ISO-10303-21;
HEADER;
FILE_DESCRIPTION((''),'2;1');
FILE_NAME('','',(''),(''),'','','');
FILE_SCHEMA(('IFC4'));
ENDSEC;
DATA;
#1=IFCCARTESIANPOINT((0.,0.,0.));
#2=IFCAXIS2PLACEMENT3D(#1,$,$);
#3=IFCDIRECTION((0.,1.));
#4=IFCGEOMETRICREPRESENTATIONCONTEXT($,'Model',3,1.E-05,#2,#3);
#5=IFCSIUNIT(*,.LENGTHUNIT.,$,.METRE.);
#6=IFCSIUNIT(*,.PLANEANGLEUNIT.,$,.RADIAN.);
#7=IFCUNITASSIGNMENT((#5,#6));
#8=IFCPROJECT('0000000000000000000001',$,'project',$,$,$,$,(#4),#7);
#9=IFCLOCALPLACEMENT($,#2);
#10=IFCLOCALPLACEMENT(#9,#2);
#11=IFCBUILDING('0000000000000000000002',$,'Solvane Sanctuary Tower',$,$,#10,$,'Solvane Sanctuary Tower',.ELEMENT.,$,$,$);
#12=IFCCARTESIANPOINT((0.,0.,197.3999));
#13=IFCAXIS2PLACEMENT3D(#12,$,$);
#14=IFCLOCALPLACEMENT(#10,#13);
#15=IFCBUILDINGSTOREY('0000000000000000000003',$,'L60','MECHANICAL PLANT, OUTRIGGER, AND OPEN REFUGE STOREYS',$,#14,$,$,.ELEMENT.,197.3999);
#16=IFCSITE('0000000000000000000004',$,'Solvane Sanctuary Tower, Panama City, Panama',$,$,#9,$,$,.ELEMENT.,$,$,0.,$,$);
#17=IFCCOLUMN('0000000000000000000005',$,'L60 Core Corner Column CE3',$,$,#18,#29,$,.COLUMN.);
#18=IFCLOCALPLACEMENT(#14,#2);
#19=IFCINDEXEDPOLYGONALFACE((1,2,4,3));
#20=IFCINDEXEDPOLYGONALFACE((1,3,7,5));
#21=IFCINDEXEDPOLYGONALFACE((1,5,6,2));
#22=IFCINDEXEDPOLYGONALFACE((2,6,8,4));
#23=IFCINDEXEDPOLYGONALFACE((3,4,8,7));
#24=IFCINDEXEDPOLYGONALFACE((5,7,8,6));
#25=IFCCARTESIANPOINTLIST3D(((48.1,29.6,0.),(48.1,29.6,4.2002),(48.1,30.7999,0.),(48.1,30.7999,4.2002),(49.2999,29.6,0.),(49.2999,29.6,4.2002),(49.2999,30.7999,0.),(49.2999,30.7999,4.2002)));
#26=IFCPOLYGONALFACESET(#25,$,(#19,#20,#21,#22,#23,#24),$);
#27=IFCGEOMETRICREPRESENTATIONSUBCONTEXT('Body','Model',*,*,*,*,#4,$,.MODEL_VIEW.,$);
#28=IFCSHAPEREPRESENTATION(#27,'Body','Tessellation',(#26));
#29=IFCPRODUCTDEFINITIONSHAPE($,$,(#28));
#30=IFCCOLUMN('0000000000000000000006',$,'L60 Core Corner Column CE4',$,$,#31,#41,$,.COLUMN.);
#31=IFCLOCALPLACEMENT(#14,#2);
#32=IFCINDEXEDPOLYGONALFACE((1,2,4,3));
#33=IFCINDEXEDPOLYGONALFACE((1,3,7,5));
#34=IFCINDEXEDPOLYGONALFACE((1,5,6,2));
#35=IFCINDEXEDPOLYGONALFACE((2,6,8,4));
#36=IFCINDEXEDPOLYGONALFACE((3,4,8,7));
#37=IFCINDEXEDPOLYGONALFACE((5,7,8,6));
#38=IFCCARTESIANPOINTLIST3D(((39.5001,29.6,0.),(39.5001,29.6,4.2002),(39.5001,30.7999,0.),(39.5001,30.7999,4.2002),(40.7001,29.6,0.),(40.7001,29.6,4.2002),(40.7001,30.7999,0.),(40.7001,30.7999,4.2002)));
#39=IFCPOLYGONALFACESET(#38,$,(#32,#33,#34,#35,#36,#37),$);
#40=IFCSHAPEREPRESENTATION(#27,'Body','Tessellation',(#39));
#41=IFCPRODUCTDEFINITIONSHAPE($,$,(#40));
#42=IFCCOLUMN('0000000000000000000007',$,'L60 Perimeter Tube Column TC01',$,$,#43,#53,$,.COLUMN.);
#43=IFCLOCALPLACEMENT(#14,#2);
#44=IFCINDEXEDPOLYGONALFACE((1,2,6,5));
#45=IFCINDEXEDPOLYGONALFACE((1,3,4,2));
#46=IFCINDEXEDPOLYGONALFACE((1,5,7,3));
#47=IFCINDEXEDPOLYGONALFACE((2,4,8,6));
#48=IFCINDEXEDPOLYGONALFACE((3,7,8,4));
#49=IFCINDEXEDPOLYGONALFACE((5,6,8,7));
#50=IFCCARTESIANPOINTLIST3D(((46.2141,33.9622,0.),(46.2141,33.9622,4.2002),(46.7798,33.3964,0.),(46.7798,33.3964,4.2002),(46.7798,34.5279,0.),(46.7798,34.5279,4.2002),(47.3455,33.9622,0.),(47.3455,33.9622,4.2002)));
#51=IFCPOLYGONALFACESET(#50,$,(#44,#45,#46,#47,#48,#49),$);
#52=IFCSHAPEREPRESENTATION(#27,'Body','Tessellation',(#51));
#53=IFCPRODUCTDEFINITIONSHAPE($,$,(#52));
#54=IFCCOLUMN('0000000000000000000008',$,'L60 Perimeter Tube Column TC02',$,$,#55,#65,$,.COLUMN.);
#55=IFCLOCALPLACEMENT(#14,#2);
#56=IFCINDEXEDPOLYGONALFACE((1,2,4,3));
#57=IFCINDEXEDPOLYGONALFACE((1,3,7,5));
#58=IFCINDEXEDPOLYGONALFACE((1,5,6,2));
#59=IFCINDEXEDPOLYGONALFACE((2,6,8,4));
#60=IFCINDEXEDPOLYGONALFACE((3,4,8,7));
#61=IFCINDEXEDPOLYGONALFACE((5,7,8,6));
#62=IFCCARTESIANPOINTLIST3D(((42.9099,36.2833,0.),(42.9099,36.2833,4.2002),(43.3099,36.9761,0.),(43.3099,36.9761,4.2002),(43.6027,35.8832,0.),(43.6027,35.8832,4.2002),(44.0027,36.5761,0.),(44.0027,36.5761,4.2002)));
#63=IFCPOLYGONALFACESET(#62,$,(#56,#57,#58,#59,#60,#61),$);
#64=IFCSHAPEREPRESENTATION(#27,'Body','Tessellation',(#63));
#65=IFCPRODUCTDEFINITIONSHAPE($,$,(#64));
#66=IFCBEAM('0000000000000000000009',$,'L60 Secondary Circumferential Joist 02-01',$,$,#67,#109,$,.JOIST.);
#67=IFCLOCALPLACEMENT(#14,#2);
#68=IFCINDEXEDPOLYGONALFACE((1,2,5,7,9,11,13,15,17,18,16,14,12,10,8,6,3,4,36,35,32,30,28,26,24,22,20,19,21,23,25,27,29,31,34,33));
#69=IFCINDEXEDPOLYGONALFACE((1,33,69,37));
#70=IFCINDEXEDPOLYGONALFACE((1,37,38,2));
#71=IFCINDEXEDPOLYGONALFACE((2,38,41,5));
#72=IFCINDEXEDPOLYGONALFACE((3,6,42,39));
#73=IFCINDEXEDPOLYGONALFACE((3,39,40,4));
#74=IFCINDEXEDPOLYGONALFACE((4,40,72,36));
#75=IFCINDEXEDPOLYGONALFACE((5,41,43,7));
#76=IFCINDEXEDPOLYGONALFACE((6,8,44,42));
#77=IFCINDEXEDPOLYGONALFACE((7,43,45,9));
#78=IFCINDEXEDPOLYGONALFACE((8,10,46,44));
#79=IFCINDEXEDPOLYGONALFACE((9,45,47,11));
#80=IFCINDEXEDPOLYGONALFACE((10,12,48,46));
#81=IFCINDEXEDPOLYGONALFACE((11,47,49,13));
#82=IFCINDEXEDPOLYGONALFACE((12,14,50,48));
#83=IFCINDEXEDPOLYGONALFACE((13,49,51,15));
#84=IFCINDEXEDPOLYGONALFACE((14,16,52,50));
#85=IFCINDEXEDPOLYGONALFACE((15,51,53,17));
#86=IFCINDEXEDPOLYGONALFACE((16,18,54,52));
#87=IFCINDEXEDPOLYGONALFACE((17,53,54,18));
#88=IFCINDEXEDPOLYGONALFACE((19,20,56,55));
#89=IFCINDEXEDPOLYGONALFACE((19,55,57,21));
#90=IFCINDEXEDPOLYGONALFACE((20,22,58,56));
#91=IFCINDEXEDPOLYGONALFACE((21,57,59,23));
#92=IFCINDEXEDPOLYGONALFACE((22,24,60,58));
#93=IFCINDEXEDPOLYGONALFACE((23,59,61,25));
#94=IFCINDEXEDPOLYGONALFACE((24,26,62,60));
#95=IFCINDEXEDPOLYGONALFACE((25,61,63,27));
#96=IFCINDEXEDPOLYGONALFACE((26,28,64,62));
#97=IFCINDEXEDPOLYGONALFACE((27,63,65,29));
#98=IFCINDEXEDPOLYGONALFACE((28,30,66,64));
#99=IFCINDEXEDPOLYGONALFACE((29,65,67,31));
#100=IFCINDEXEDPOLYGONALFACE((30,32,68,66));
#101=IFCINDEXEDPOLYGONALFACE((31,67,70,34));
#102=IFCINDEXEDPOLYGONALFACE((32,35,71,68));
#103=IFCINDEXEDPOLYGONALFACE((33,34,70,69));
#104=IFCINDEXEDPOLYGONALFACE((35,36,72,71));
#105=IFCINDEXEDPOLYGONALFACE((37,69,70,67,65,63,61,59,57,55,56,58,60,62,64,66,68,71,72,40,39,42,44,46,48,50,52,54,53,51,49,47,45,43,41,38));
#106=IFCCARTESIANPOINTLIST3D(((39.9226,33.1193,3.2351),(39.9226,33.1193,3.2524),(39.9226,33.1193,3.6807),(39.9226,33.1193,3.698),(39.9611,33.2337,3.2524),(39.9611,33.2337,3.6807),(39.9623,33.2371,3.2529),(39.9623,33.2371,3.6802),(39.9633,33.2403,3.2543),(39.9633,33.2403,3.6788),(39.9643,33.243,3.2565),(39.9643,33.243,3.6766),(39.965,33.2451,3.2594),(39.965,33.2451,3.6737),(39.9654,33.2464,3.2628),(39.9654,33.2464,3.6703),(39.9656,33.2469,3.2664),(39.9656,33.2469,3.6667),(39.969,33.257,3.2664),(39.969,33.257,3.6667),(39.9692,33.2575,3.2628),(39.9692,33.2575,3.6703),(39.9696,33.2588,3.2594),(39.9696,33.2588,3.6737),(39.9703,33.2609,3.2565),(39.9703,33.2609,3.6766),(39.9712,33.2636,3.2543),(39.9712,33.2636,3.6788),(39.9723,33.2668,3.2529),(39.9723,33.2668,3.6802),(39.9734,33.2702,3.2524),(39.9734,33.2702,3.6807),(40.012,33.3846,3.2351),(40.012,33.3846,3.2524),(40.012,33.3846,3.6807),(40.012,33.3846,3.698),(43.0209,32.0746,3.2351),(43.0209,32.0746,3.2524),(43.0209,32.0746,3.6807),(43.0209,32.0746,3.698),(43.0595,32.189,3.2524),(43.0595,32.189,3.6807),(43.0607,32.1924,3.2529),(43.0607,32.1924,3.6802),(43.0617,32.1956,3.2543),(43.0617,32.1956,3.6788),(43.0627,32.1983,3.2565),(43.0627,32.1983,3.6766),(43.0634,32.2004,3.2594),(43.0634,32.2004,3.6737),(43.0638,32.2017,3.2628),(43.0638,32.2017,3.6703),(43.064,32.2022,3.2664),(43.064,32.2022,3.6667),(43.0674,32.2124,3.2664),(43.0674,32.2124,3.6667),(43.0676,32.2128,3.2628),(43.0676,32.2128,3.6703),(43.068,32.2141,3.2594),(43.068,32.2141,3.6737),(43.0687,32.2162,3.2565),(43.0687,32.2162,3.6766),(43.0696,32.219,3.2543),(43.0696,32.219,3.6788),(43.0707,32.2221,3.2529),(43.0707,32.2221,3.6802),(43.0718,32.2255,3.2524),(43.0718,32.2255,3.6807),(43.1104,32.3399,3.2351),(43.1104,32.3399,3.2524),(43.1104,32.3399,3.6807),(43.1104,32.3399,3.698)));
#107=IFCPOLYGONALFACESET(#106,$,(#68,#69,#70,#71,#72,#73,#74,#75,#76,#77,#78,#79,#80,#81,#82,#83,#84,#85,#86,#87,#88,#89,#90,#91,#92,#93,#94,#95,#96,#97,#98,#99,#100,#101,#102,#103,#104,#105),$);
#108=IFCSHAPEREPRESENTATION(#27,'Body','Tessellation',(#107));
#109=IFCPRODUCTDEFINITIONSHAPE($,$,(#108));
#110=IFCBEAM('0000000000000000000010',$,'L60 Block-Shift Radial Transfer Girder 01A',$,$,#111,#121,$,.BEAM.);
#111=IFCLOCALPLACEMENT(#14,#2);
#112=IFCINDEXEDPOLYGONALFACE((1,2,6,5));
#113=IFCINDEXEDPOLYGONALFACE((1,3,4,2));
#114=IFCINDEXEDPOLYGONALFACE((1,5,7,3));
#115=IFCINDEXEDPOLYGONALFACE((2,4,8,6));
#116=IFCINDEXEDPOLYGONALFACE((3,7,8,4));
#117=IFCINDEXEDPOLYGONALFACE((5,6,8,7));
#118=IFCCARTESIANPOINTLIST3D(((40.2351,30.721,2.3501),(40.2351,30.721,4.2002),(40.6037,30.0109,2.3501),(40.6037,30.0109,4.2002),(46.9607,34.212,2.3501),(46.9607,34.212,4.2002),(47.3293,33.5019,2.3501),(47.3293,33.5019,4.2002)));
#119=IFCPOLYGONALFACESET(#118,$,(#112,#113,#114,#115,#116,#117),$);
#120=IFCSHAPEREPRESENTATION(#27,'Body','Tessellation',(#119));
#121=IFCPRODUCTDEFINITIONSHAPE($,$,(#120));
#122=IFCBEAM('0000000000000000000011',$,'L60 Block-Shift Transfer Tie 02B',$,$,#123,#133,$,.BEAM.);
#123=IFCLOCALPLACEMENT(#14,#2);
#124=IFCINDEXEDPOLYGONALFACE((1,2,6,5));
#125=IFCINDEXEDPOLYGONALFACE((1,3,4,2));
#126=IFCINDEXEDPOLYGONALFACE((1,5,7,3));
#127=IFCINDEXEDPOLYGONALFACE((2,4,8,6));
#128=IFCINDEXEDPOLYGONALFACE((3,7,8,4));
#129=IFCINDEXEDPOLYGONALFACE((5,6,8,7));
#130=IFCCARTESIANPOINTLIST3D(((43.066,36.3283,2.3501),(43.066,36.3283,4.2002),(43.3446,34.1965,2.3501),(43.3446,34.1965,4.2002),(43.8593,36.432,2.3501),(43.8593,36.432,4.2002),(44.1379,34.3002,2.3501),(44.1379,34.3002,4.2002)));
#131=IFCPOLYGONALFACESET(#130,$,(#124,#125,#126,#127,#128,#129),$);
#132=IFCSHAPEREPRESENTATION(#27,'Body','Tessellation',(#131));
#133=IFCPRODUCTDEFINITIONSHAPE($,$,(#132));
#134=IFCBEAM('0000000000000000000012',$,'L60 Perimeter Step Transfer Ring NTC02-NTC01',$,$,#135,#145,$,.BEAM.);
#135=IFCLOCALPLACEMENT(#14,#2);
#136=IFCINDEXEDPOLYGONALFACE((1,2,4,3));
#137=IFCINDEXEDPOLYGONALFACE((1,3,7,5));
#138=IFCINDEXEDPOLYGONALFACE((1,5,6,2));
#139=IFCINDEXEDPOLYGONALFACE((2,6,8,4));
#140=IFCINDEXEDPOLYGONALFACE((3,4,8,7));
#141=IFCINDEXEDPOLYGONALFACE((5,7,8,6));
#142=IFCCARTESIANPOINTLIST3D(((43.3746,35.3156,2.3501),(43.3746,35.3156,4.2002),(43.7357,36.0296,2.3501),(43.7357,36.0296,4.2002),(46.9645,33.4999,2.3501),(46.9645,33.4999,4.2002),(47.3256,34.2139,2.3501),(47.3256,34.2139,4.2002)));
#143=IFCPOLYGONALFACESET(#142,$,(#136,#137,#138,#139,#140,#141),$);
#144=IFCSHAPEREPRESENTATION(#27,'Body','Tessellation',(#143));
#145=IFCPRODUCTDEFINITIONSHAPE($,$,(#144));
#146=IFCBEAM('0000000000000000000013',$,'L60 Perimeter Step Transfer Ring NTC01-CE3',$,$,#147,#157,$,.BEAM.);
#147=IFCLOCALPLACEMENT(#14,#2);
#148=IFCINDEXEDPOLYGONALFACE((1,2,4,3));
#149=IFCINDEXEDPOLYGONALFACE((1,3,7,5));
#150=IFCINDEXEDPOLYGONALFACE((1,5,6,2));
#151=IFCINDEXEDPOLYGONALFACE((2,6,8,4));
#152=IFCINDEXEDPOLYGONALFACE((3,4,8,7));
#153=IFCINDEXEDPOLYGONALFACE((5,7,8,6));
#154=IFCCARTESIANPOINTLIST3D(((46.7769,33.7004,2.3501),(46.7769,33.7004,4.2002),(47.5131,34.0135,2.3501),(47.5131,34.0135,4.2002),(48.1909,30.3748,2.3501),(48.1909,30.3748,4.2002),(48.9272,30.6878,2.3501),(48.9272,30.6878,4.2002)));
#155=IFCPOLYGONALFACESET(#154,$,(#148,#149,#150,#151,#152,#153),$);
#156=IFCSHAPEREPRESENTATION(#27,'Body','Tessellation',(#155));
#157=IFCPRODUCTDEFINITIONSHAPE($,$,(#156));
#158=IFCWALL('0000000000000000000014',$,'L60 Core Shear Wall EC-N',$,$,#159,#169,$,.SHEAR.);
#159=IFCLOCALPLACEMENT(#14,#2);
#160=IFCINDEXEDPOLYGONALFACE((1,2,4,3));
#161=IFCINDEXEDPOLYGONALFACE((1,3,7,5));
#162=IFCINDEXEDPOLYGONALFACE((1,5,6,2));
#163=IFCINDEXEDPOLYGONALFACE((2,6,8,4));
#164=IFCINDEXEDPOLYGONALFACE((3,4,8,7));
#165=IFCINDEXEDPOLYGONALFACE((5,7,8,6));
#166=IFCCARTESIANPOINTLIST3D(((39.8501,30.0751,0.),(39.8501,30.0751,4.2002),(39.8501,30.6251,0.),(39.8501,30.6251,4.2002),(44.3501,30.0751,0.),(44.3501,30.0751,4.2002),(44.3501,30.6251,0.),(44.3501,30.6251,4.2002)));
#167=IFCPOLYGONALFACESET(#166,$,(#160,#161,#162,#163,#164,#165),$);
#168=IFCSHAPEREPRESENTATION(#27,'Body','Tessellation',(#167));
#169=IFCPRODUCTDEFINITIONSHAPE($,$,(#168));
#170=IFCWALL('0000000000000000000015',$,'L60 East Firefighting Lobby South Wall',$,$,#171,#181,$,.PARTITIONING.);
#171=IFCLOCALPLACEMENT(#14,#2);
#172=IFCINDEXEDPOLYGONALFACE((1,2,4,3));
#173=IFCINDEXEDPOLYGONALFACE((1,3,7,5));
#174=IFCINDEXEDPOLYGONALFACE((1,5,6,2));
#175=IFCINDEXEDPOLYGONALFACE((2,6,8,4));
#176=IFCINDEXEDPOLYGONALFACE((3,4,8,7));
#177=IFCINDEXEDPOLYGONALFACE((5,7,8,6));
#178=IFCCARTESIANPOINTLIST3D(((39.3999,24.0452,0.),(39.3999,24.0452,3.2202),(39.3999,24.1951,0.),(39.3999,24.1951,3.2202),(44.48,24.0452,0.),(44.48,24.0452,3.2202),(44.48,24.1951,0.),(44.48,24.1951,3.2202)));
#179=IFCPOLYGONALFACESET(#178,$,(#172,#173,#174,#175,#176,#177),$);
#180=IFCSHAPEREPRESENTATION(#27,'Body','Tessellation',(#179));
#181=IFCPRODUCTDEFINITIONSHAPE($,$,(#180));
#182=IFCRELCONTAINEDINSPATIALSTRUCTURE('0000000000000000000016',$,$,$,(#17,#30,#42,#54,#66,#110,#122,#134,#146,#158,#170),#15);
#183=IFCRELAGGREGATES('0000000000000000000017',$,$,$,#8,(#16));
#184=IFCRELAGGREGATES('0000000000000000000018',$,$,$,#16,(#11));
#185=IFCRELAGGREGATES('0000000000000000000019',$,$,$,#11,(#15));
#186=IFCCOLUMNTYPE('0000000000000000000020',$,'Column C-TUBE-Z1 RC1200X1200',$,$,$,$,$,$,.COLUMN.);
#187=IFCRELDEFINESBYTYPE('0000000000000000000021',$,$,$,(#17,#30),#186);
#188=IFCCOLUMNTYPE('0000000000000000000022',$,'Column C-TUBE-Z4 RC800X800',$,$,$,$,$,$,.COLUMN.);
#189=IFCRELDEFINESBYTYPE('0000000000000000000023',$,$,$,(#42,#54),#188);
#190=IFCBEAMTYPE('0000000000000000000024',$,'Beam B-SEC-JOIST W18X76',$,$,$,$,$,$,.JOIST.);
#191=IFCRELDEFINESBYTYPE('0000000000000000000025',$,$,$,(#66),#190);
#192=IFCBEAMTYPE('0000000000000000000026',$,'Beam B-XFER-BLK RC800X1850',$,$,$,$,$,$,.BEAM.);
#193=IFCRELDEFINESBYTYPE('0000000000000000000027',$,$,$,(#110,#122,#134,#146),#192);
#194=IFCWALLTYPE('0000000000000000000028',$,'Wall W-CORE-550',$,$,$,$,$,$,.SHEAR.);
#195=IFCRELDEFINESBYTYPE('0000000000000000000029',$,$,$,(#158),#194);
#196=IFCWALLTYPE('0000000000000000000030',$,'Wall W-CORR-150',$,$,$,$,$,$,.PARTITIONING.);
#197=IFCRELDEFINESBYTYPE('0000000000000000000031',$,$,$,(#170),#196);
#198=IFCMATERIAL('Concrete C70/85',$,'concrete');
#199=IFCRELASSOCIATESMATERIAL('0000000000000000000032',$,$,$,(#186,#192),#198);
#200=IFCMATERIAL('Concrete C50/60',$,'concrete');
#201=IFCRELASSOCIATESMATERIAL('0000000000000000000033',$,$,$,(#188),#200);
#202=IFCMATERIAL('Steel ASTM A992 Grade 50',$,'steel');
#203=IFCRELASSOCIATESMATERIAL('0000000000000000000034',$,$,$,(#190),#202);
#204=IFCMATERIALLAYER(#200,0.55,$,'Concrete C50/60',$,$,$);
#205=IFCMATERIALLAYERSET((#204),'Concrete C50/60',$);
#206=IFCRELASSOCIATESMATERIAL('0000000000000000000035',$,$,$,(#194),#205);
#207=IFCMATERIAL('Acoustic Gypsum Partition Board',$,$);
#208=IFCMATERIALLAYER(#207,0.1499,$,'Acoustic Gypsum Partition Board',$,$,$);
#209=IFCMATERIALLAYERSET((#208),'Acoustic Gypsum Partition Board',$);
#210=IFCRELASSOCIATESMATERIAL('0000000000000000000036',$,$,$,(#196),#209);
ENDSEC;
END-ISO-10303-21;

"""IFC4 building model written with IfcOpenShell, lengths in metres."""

from ifc_helpers import new_model, si_unit, direction, frame, frame_2d, origin, origin_2d, place, context, subcontext, project, spatial, rectangle, i_section, extrude, material, layer, layer_set, material_profile, profile_set, type_object, element, save


model = new_model("IFC4")

# Units and contexts
model_context = context("Model", 3, precision=1e-05, world=origin(), true_north=direction((0.0, 1.0)))
body_context = subcontext(model_context, "Body", "Model", "MODEL_VIEW")
ifc_project = project(units=[si_unit("LENGTHUNIT", "METRE"), si_unit("PLANEANGLEUNIT", "RADIAN")], contexts=[model_context])

# Site, building, storey
site_placement = place(None, origin())
site = spatial("IfcSite", under=ifc_project, at=site_placement, Name="Solvane Sanctuary Tower, Panama City, Panama", CompositionType="ELEMENT", RefElevation=0.0)
building_placement = place(site_placement, origin())
building = spatial("IfcBuilding", under=site, at=building_placement, Name="Solvane Sanctuary Tower", LongName="Solvane Sanctuary Tower", CompositionType="ELEMENT")
storey_placement = place(building_placement, frame((0.0, 0.0, 197.3999)))
storey = spatial("IfcBuildingStorey", under=building, at=storey_placement, Name="L60", Description="MECHANICAL PLANT, OUTRIGGER, AND OPEN REFUGE STOREYS", CompositionType="ELEMENT", Elevation=197.3999)

# Columns
ifc_material_1 = material(Name="Concrete C70/85", Category="concrete")
ifc_material_profile_1 = material_profile(ifc_material_1, rectangle(XDim=1.2, YDim=1.2, at=origin_2d()), Name="RC1200X1200")
ifc_profile_set_1 = profile_set([ifc_material_profile_1], Name="Concrete C70/85")
column_type_1 = type_object("IfcColumnType", Name="Column C-TUBE-Z1 RC1200X1200", PredefinedType="COLUMN", material=ifc_profile_set_1)
for number, where, z_axis, x_axis, name in (
    (1, (48.7, 30.2, 0.0), (0.0, 0.0, 1.0), (1.0, 0.0, 0.0), "L60 Core Corner Column CE3"),
    (2, (40.1001, 30.2, 0.0), (0.0, 0.0, 1.0), (1.0, 0.0, 0.0), "L60 Core Corner Column CE4"),
):
    element("IfcColumn", number, at=place(storey_placement, frame(where, z_axis=z_axis, x_axis=x_axis)), inside=storey, type_object=column_type_1, Name=name, PredefinedType="COLUMN", context=body_context, shape_type="SweptSolid", body=[
        extrude(rectangle(XDim=1.2, YDim=1.2, at=origin_2d()), origin(), (0.0, 0.0, 1.0), 4.2002),
    ])
ifc_material_2 = material(Name="Concrete C50/60", Category="concrete")
ifc_material_profile_2 = material_profile(ifc_material_2, rectangle(XDim=0.8, YDim=0.8, at=origin_2d()), Name="RC800X800")
ifc_profile_set_2 = profile_set([ifc_material_profile_2], Name="Concrete C50/60")
column_type_2 = type_object("IfcColumnType", Name="Column C-TUBE-Z4 RC800X800", PredefinedType="COLUMN", material=ifc_profile_set_2)
for number, where, z_axis, x_axis, name in (
    (3, (46.7798, 33.9622, 0.0), (0.0, 0.0, 1.0), (0.707107, 0.707107, 0.0), "L60 Perimeter Tube Column TC01"),
    (4, (43.4563, 36.4297, 0.0), (0.0, 0.0, 1.0), (0.5, 0.866025, 0.0), "L60 Perimeter Tube Column TC02"),
):
    element("IfcColumn", number, at=place(storey_placement, frame(where, z_axis=z_axis, x_axis=x_axis)), inside=storey, type_object=column_type_2, Name=name, PredefinedType="COLUMN", context=body_context, shape_type="SweptSolid", body=[
        extrude(rectangle(XDim=0.8, YDim=0.8, at=origin_2d()), origin(), (0.0, 0.0, 1.0), 4.2002),
    ])

# Beams
ifc_material_3 = material(Name="Steel ASTM A992 Grade 50", Category="steel")
ifc_material_profile_3 = material_profile(ifc_material_3, i_section(OverallWidth=0.28, OverallDepth=0.4629, WebThickness=0.0107, FlangeThickness=0.0173, FilletRadius=0.0139, at=origin_2d()), Name="W18X76")
ifc_profile_set_3 = profile_set([ifc_material_profile_3], Name="Steel ASTM A992 Grade 50")
beam_type_1 = type_object("IfcBeamType", Name="Beam B-SEC-JOIST W18X76", PredefinedType="JOIST", material=ifc_profile_set_3)
beam_1_placement = place(storey_placement, frame((39.9673, 33.252, 3.4666), z_axis=(0.947588, -0.319496, 0.0), x_axis=(0.319496, 0.947588, 0.0)))
element("IfcBeam", 5, at=beam_1_placement, inside=storey, type_object=beam_type_1, Name="L60 Secondary Circumferential Joist 02-01", PredefinedType="JOIST", context=body_context, shape_type="SweptSolid", body=[
    extrude(i_section(OverallWidth=0.28, OverallDepth=0.4629, WebThickness=0.0107, FlangeThickness=0.0173, FilletRadius=0.0139, at=origin_2d()), origin(), (0.0, 0.0, 1.0), 3.2698),
])
ifc_material_profile_4 = material_profile(ifc_material_1, rectangle(XDim=0.8, YDim=1.8501, at=origin_2d()), Name="RC800X1850")
ifc_profile_set_4 = profile_set([ifc_material_profile_4], Name="Concrete C70/85")
beam_type_2 = type_object("IfcBeamType", Name="Beam B-XFER-BLK RC800X1850", PredefinedType="BEAM", material=ifc_profile_set_4)
beam_2_placement = place(storey_placement, frame((40.4194, 30.366, 3.2751), z_axis=(0.887559, 0.460694, 0.0), x_axis=(-0.460694, 0.887559, 0.0)))
element("IfcBeam", 6, at=beam_2_placement, inside=storey, type_object=beam_type_2, Name="L60 Block-Shift Radial Transfer Girder 01A", PredefinedType="BEAM", context=body_context, shape_type="SweptSolid", body=[
    extrude(rectangle(XDim=0.8, YDim=1.8501, at=origin_2d()), origin(), (0.0, 0.0, 1.0), 7.5776),
])
beam_3_placement = place(storey_placement, frame((43.4626, 36.3801, 3.2751), z_axis=(0.129567, -0.991571, 0.0), x_axis=(0.991571, 0.129567, 0.0)))
element("IfcBeam", 7, at=beam_3_placement, inside=storey, type_object=beam_type_2, Name="L60 Block-Shift Transfer Tie 02B", PredefinedType="BEAM", context=body_context, shape_type="SweptSolid", body=[
    extrude(rectangle(XDim=0.8, YDim=1.8501, at=origin_2d()), origin(), (0.0, 0.0, 1.0), 2.1499),
])
beam_4_placement = place(storey_placement, frame((43.5552, 35.6726, 3.2751), z_axis=(0.892354, -0.451336, 0.0), x_axis=(0.451336, 0.892354, 0.0)))
element("IfcBeam", 8, at=beam_4_placement, inside=storey, type_object=beam_type_2, Name="L60 Perimeter Step Transfer Ring NTC02-NTC01", PredefinedType="BEAM", context=body_context, shape_type="SweptSolid", body=[
    extrude(rectangle(XDim=0.8, YDim=1.8501, at=origin_2d()), origin(), (0.0, 0.0, 1.0), 4.0229),
])
beam_5_placement = place(storey_placement, frame((47.145, 33.8569, 3.2751), z_axis=(0.391292, -0.920266, 0.0), x_axis=(0.920266, 0.391292, 0.0)))
element("IfcBeam", 9, at=beam_5_placement, inside=storey, type_object=beam_type_2, Name="L60 Perimeter Step Transfer Ring NTC01-CE3", PredefinedType="BEAM", context=body_context, shape_type="SweptSolid", body=[
    extrude(rectangle(XDim=0.8, YDim=1.8501, at=origin_2d()), origin(), (0.0, 0.0, 1.0), 3.6138),
])

# Walls
ifc_layer_1 = layer(ifc_material_2, 0.55, Name="Concrete C50/60")
ifc_layer_set_1 = layer_set([ifc_layer_1], Name="Concrete C50/60")
wall_type_1 = type_object("IfcWallType", Name="Wall W-CORE-550", PredefinedType="SHEAR", material=ifc_layer_set_1)
wall_1_placement = place(storey_placement, frame((39.8501, 30.3501, 0.0), z_axis=(0.0, 0.0, 1.0), x_axis=(1.0, 0.0, 0.0)))
element("IfcWall", 10, at=wall_1_placement, inside=storey, type_object=wall_type_1, Name="L60 Core Shear Wall EC-N", PredefinedType="SHEAR", context=body_context, shape_type="SweptSolid", body=[
    extrude(rectangle(XDim=4.5, YDim=0.55, at=frame_2d((2.25, 0.0))), origin(), (0.0, 0.0, 1.0), 4.2002),
])
ifc_material_4 = material(Name="Acoustic Gypsum Partition Board")
ifc_layer_2 = layer(ifc_material_4, 0.1499, Name="Acoustic Gypsum Partition Board")
ifc_layer_set_2 = layer_set([ifc_layer_2], Name="Acoustic Gypsum Partition Board")
wall_type_2 = type_object("IfcWallType", Name="Wall W-CORR-150", PredefinedType="PARTITIONING", material=ifc_layer_set_2)
wall_2_placement = place(storey_placement, frame((39.3999, 24.1201, 0.0), z_axis=(0.0, 0.0, 1.0), x_axis=(1.0, 0.0, 0.0)))
element("IfcWall", 11, at=wall_2_placement, inside=storey, type_object=wall_type_2, Name="L60 East Firefighting Lobby South Wall", PredefinedType="PARTITIONING", context=body_context, shape_type="SweptSolid", body=[
    extrude(rectangle(XDim=5.0801, YDim=0.1499, at=frame_2d((2.54, 0.0))), origin(), (0.0, 0.0, 1.0), 3.2202),
])

save(model, "model.ifc")
